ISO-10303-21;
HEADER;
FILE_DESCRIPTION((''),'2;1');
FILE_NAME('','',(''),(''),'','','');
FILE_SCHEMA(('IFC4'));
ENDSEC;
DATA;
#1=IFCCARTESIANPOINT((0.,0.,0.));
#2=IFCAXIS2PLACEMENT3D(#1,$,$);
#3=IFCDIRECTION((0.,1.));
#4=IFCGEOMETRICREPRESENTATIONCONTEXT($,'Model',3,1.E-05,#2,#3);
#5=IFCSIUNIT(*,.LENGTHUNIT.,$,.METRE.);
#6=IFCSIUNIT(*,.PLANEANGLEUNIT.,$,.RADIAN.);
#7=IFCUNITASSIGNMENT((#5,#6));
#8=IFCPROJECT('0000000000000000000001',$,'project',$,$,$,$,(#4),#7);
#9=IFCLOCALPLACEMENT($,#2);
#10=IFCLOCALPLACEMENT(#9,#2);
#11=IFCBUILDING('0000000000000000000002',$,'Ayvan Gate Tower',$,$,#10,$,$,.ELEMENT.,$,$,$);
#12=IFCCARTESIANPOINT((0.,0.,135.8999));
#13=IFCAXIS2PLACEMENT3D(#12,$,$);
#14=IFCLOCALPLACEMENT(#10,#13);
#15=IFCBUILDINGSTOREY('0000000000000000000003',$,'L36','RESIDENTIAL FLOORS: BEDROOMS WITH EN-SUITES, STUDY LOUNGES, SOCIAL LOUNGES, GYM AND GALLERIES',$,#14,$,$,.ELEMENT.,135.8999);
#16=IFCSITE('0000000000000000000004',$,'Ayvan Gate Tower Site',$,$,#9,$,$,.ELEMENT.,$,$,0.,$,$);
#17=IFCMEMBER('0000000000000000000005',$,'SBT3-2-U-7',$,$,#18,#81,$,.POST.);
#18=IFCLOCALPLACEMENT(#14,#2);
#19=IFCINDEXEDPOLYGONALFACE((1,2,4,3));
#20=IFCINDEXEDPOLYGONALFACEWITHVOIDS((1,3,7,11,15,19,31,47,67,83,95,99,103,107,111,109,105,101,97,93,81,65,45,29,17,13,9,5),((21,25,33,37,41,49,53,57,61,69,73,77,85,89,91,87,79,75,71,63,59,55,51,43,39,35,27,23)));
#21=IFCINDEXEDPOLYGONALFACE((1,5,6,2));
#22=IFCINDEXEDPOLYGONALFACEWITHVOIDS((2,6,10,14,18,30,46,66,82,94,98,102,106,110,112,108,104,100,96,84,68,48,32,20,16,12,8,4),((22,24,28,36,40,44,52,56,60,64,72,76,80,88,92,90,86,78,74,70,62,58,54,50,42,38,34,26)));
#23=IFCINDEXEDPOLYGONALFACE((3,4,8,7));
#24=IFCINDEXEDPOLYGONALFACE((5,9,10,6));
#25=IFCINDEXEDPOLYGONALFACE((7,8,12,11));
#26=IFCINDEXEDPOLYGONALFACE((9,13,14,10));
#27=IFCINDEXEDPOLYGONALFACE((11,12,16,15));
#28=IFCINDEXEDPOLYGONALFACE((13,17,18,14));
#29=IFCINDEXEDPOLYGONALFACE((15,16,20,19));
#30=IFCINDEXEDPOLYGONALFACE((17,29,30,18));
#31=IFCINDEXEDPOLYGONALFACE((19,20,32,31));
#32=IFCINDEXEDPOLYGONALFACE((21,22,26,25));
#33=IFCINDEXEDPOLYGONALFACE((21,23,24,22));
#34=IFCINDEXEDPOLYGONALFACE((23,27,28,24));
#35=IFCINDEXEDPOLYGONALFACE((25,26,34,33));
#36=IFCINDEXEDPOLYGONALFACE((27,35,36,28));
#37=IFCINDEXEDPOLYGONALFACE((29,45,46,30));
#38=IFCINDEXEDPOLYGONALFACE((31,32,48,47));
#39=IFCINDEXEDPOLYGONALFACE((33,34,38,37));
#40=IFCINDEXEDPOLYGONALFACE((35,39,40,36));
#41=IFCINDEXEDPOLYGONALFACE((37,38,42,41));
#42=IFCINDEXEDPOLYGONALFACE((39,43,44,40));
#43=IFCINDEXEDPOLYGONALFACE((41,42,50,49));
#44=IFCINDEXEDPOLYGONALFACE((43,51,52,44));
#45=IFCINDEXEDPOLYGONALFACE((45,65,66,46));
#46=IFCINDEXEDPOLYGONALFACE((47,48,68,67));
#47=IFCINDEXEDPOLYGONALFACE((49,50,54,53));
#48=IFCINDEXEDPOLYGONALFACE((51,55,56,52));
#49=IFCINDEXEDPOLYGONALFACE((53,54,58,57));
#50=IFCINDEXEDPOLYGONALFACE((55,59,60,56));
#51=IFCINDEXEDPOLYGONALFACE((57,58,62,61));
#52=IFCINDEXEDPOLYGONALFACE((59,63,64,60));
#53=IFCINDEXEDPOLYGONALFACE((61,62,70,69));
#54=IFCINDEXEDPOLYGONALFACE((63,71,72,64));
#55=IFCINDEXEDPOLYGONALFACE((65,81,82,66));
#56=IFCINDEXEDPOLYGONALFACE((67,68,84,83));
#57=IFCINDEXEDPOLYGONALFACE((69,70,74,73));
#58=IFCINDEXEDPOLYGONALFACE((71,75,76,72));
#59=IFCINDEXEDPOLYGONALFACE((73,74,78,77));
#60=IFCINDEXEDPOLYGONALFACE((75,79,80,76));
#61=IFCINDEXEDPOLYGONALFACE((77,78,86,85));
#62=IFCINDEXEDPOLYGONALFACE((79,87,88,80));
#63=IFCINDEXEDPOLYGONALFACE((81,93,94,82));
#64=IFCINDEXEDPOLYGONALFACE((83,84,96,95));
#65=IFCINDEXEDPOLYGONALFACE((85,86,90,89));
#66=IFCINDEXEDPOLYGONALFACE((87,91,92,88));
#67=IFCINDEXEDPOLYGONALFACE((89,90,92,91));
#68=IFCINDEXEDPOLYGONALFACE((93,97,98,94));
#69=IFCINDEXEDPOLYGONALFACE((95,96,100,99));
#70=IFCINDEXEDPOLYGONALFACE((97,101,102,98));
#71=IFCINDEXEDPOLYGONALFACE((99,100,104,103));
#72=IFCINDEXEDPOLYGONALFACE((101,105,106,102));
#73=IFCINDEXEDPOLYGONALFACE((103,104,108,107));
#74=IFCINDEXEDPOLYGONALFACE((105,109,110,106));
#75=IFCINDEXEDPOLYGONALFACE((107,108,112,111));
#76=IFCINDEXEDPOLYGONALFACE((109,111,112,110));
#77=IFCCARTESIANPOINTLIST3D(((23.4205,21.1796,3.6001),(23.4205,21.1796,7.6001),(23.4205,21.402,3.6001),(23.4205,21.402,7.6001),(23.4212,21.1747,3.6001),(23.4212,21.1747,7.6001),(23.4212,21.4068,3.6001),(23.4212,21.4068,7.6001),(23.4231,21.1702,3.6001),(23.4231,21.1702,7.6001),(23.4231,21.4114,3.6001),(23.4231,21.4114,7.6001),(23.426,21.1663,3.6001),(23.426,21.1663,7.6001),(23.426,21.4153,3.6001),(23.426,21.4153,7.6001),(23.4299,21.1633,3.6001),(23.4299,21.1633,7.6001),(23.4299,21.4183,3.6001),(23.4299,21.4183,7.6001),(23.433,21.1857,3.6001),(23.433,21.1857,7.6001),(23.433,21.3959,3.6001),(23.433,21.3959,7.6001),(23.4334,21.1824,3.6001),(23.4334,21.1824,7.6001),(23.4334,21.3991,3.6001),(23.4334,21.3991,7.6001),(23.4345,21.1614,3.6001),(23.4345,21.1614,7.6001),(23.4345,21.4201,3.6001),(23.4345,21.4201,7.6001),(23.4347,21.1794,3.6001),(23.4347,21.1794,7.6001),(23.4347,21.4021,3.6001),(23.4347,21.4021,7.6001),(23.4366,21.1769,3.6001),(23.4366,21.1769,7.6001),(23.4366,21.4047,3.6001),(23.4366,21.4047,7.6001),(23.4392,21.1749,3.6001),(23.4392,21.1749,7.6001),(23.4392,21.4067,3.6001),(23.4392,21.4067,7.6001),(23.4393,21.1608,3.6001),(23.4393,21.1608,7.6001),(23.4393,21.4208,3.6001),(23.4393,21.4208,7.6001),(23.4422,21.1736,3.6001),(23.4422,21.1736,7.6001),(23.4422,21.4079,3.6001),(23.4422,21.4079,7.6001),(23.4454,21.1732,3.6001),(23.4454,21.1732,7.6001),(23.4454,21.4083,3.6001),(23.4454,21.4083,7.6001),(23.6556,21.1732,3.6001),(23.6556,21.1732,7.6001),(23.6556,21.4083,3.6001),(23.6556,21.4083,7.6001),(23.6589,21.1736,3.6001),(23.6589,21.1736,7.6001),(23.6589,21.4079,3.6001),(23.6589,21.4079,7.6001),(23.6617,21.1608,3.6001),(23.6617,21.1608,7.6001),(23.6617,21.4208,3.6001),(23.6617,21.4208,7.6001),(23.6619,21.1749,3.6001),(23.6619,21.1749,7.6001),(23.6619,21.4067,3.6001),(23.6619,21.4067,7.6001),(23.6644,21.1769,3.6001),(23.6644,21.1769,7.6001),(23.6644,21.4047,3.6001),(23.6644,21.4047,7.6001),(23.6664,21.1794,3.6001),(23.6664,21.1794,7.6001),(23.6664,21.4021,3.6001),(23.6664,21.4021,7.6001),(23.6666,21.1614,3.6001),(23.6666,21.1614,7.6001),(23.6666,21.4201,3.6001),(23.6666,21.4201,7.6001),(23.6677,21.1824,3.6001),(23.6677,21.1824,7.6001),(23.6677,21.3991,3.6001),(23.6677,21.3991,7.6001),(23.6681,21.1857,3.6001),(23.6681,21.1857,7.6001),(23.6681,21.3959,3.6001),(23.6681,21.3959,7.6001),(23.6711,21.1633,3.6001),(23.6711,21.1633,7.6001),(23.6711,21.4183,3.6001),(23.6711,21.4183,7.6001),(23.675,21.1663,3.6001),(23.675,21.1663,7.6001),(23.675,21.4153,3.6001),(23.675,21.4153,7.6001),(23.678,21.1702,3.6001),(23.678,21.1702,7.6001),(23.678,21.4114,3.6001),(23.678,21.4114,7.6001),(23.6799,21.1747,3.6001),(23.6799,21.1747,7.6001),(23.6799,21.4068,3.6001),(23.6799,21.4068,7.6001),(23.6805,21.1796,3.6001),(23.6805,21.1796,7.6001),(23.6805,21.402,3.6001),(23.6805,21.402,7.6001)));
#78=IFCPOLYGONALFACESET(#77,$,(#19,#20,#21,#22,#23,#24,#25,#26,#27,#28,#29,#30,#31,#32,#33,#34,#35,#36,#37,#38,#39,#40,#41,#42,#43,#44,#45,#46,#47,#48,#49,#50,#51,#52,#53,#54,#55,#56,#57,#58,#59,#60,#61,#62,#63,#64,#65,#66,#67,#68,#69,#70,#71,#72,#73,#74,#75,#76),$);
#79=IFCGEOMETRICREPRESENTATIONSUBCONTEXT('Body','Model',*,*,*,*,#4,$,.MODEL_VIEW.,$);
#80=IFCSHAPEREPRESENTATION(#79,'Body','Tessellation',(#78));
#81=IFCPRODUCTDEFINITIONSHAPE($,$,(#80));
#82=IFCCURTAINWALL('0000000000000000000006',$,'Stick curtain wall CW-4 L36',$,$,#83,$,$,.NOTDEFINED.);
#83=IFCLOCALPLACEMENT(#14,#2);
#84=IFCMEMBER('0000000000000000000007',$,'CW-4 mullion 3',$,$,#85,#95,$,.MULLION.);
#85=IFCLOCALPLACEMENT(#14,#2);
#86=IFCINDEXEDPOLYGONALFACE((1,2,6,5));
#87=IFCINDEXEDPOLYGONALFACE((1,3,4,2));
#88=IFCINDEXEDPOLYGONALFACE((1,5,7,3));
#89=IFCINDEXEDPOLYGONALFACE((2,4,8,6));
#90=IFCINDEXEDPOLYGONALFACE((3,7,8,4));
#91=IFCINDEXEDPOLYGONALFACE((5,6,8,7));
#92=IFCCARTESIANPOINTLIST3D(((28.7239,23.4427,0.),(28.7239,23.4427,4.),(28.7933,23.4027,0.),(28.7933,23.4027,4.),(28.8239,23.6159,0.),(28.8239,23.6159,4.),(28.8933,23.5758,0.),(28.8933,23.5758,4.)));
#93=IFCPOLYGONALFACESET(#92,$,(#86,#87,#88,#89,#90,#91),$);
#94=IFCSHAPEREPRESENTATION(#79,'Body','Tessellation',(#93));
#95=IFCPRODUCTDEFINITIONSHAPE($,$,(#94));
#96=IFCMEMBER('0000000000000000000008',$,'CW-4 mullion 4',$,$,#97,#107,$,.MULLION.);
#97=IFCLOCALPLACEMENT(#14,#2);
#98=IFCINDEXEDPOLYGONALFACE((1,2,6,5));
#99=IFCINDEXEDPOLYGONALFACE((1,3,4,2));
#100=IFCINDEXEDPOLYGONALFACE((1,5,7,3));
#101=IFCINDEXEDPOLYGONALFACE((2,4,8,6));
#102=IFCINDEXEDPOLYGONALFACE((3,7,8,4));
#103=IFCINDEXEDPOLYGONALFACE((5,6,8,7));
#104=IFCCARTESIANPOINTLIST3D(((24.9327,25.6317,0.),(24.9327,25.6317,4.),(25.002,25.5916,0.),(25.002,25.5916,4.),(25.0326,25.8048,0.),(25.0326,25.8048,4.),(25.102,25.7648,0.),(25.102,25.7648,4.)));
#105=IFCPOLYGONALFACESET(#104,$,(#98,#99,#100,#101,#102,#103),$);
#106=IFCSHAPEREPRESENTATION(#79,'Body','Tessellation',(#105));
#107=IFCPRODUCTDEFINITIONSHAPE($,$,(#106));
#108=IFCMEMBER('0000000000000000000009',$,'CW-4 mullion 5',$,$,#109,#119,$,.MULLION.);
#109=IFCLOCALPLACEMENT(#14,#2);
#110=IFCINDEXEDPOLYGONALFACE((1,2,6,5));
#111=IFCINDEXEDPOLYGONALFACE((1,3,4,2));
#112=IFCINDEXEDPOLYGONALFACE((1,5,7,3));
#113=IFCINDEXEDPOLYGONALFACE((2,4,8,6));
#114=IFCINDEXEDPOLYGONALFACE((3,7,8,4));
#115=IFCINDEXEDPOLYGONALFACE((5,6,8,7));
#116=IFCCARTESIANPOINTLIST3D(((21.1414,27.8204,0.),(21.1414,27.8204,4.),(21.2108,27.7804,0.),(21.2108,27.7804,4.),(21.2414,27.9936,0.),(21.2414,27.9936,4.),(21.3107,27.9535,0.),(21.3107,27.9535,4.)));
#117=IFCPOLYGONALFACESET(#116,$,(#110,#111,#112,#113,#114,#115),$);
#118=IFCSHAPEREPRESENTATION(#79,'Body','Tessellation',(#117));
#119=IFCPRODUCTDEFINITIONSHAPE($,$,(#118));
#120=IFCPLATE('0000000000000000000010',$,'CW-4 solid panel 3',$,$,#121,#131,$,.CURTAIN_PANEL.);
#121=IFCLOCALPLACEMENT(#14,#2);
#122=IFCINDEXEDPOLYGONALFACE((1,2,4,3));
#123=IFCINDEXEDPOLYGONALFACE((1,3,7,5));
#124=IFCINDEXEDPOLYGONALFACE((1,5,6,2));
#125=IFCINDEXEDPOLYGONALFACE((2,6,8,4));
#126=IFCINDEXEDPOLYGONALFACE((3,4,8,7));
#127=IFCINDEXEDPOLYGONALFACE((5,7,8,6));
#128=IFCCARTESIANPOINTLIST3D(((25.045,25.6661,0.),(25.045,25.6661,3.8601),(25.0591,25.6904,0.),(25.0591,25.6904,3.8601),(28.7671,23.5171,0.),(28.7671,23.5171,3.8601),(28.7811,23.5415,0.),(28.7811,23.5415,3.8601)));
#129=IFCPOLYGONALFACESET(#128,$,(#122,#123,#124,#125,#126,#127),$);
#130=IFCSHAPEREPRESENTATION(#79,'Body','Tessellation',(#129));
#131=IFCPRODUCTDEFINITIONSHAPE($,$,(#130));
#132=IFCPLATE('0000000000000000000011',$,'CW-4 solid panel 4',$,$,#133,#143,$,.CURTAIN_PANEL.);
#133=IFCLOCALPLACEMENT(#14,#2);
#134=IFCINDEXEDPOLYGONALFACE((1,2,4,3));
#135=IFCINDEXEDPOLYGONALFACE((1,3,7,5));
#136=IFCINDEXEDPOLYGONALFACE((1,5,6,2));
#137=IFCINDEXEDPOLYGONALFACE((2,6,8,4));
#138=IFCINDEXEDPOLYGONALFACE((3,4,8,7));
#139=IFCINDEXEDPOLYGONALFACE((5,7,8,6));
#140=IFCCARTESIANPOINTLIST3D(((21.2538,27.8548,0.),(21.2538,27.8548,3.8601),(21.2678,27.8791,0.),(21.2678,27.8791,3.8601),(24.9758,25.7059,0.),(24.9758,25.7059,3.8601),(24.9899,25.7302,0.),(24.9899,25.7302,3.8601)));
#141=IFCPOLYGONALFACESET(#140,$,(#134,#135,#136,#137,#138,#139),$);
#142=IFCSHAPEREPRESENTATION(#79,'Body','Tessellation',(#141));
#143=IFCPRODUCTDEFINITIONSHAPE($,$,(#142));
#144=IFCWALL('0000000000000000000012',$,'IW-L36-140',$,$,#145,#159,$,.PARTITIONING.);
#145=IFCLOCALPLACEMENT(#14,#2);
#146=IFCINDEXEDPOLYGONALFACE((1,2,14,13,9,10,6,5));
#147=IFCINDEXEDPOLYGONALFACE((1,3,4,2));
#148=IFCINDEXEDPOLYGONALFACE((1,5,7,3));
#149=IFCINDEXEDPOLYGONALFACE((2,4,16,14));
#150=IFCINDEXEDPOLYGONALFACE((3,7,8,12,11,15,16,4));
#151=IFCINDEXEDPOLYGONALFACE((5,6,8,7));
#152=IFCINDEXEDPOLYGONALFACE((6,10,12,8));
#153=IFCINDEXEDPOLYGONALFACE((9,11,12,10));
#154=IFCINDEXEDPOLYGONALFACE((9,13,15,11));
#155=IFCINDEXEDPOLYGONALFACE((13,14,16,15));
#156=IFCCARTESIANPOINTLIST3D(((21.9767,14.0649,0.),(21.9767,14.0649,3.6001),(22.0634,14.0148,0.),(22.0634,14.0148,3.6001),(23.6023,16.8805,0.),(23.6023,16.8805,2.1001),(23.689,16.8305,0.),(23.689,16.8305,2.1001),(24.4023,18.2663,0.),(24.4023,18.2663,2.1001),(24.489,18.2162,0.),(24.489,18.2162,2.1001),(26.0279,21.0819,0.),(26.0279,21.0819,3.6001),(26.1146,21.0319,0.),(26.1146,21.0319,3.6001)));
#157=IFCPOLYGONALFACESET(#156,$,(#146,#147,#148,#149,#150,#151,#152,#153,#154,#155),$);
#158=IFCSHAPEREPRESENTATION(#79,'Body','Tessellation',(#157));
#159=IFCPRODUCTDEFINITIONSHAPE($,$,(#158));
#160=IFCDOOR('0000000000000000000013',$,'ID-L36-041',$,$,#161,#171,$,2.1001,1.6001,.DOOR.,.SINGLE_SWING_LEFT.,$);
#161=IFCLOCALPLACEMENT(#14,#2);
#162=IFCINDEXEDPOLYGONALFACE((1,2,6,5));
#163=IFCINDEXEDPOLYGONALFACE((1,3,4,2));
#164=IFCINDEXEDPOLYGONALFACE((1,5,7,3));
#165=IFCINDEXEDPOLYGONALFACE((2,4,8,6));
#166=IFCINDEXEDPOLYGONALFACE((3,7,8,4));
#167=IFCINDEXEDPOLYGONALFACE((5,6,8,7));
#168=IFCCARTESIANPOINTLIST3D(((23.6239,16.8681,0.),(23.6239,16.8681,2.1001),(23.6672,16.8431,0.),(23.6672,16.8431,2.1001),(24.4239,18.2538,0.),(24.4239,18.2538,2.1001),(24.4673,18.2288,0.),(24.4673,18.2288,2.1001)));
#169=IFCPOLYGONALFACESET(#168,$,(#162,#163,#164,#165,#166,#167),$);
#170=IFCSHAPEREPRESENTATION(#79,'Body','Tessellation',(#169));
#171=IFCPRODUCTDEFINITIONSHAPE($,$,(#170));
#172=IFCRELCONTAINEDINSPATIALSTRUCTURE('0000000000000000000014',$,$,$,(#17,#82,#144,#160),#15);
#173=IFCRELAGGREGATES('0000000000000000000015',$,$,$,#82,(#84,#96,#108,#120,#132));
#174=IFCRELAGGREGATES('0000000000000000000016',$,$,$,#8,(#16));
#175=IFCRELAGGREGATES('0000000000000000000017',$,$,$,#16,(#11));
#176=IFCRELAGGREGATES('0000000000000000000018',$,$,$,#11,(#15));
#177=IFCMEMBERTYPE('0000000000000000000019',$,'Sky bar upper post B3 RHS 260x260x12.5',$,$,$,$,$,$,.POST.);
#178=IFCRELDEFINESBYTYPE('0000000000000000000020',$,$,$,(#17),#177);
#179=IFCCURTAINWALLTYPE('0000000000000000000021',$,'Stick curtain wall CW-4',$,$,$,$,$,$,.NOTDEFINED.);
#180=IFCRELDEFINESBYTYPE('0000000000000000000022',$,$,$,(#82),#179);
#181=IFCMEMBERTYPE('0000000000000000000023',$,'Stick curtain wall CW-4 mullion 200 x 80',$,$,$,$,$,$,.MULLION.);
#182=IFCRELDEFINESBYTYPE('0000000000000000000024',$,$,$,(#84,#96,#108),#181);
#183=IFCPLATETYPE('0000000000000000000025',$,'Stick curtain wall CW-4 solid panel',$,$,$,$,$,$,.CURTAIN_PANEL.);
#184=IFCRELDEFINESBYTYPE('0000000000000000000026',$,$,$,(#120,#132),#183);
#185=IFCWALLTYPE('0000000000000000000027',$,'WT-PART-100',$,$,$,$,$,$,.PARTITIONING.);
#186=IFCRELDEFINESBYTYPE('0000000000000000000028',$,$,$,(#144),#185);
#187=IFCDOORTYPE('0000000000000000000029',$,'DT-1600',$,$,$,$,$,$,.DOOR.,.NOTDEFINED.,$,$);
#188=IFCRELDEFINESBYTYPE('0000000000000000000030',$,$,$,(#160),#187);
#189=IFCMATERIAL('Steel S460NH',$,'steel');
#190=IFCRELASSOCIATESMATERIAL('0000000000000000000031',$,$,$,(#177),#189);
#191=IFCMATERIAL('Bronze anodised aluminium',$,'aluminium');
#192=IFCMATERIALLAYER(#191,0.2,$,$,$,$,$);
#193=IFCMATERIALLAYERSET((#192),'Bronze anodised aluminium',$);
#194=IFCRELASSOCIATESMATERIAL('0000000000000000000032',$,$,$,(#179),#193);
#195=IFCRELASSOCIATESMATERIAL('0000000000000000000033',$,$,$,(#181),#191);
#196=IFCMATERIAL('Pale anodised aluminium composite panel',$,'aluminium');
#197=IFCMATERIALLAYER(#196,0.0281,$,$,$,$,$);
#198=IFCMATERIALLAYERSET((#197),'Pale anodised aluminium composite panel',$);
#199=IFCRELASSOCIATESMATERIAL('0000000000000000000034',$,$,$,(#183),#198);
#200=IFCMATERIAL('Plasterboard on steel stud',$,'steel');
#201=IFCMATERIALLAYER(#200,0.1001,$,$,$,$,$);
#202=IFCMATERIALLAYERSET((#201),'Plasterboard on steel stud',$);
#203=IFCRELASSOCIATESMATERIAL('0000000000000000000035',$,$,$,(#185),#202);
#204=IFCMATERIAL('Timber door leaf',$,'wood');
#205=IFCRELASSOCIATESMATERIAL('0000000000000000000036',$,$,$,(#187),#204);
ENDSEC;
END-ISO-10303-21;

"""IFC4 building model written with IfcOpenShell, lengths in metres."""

from ifc_helpers import new_model, si_unit, direction, frame, frame_2d, origin, origin_2d, place, context, subcontext, project, spatial, rectangle, hollow_rectangle, extrude, material, layer, layer_set, material_profile, profile_set, type_object, element, fill, aggregate, save


model = new_model("IFC4")

# Units and contexts
model_context = context("Model", 3, precision=1e-05, world=origin(), true_north=direction((0.0, 1.0)))
body_context = subcontext(model_context, "Body", "Model", "MODEL_VIEW")
ifc_project = project(units=[si_unit("LENGTHUNIT", "METRE"), si_unit("PLANEANGLEUNIT", "RADIAN")], contexts=[model_context])

# Site, building, storey
site_placement = place(None, origin())
site = spatial("IfcSite", under=ifc_project, at=site_placement, Name="Ayvan Gate Tower Site", CompositionType="ELEMENT", RefElevation=0.0)
building_placement = place(site_placement, origin())
building = spatial("IfcBuilding", under=site, at=building_placement, Name="Ayvan Gate Tower", CompositionType="ELEMENT")
storey_placement = place(building_placement, frame((0.0, 0.0, 135.8999)))
storey = spatial("IfcBuildingStorey", under=building, at=storey_placement, Name="L36", Description="RESIDENTIAL FLOORS: BEDROOMS WITH EN-SUITES, STUDY LOUNGES, SOCIAL LOUNGES, GYM AND GALLERIES", CompositionType="ELEMENT", Elevation=135.8999)

# Member
ifc_material_1 = material(Name="Steel S460NH", Category="steel")
ifc_material_profile_1 = material_profile(ifc_material_1, hollow_rectangle(XDim=0.26, YDim=0.26, WallThickness=0.0125, InnerFilletRadius=0.0125, OuterFilletRadius=0.0188, at=origin_2d()), Name="RHS 260x260x12.5")
ifc_profile_set_1 = profile_set([ifc_material_profile_1], Name="Steel S460NH")
member_type_1 = type_object("IfcMemberType", Name="Sky bar upper post B3 RHS 260x260x12.5", PredefinedType="POST", material=ifc_profile_set_1)
for number, where, z_axis, x_axis, name in (
    (1, (23.5505, 21.2908, 3.6001), (0.0, 0.0, 1.0), (1.0, 0.0, 0.0), "SBT3-2-U-7"),
):
    element("IfcMember", number, at=place(storey_placement, frame(where, z_axis=z_axis, x_axis=x_axis)), inside=storey, type_object=member_type_1, Name=name, PredefinedType="POST", context=body_context, shape_type="SweptSolid", body=[
        extrude(hollow_rectangle(XDim=0.26, YDim=0.26, WallThickness=0.0125, InnerFilletRadius=0.0125, OuterFilletRadius=0.0188, at=origin_2d()), origin(), (0.0, 0.0, 1.0), 4.0),
    ])

# Curtain wall, members, plates
ifc_material_2 = material(Name="Bronze anodised aluminium", Category="aluminium")
ifc_layer_1 = layer(ifc_material_2, 0.2)
ifc_layer_set_1 = layer_set([ifc_layer_1], Name="Bronze anodised aluminium")
curtain_wall_type = type_object("IfcCurtainWallType", Name="Stick curtain wall CW-4", PredefinedType="NOTDEFINED", material=ifc_layer_set_1)
curtain_wall_placement = place(storey_placement, origin())
curtain_wall = element("IfcCurtainWall", 2, at=curtain_wall_placement, inside=storey, type_object=curtain_wall_type, Name="Stick curtain wall CW-4 L36", PredefinedType="NOTDEFINED")
ifc_material_profile_2 = material_profile(ifc_material_2, rectangle(XDim=0.2, YDim=0.0801, at=origin_2d()), Name="Stick curtain wall CW-4 mullion 200 x 80")
ifc_profile_set_2 = profile_set([ifc_material_profile_2], Name="Bronze anodised aluminium")
member_type_2 = type_object("IfcMemberType", Name="Stick curtain wall CW-4 mullion 200 x 80", PredefinedType="MULLION", material=ifc_profile_set_2)
member_1_placement = place(storey_placement, frame((28.8086, 23.5093, 0.0), z_axis=(0.0, 0.0, 1.0), x_axis=(0.5, 0.866025, 0.0)))
member_1 = element("IfcMember", 3, at=member_1_placement, type_object=member_type_2, Name="CW-4 mullion 3", PredefinedType="MULLION", context=body_context, shape_type="SweptSolid", body=[
    extrude(rectangle(XDim=0.2, YDim=0.0801, at=origin_2d()), origin(), (0.0, 0.0, 1.0), 4.0),
])
member_2_placement = place(storey_placement, frame((25.0173, 25.6982, 0.0), z_axis=(0.0, 0.0, 1.0), x_axis=(0.5, 0.866025, 0.0)))
member_2 = element("IfcMember", 4, at=member_2_placement, type_object=member_type_2, Name="CW-4 mullion 4", PredefinedType="MULLION", context=body_context, shape_type="SweptSolid", body=[
    extrude(rectangle(XDim=0.2, YDim=0.0801, at=origin_2d()), origin(), (0.0, 0.0, 1.0), 4.0),
])
member_3_placement = place(storey_placement, frame((21.2261, 27.887, 0.0), z_axis=(0.0, 0.0, 1.0), x_axis=(0.5, 0.866025, 0.0)))
member_3 = element("IfcMember", 5, at=member_3_placement, type_object=member_type_2, Name="CW-4 mullion 5", PredefinedType="MULLION", context=body_context, shape_type="SweptSolid", body=[
    extrude(rectangle(XDim=0.2, YDim=0.0801, at=origin_2d()), origin(), (0.0, 0.0, 1.0), 4.0),
])
ifc_material_3 = material(Name="Pale anodised aluminium composite panel", Category="aluminium")
ifc_layer_2 = layer(ifc_material_3, 0.0281)
ifc_layer_set_2 = layer_set([ifc_layer_2], Name="Pale anodised aluminium composite panel")
plate_type = type_object("IfcPlateType", Name="Stick curtain wall CW-4 solid panel", PredefinedType="CURTAIN_PANEL", material=ifc_layer_set_2)
plate_1_placement = place(storey_placement, frame((26.9131, 24.6038, 0.0), z_axis=(0.0, 0.0, 1.0), x_axis=(-0.866025, 0.5, 0.0)))
plate_1 = element("IfcPlate", 6, at=plate_1_placement, type_object=plate_type, Name="CW-4 solid panel 3", PredefinedType="CURTAIN_PANEL", context=body_context, shape_type="SweptSolid", body=[
    extrude(rectangle(XDim=4.2979, YDim=0.0281, at=origin_2d()), origin(), (0.0, 0.0, 1.0), 3.8601),
])
plate_2_placement = place(storey_placement, frame((23.1218, 26.7925, 0.0), z_axis=(0.0, 0.0, 1.0), x_axis=(-0.866025, 0.5, 0.0)))
plate_2 = element("IfcPlate", 7, at=plate_2_placement, type_object=plate_type, Name="CW-4 solid panel 4", PredefinedType="CURTAIN_PANEL", context=body_context, shape_type="SweptSolid", body=[
    extrude(rectangle(XDim=4.2979, YDim=0.0281, at=origin_2d()), origin(), (0.0, 0.0, 1.0), 3.8601),
])
aggregate(curtain_wall, [member_1, member_2, member_3, plate_1, plate_2])

# Wall, opening, door
ifc_material_4 = material(Name="Plasterboard on steel stud", Category="steel")
ifc_layer_3 = layer(ifc_material_4, 0.1001)
ifc_layer_set_3 = layer_set([ifc_layer_3], Name="Plasterboard on steel stud")
wall_type_1 = type_object("IfcWallType", Name="WT-PART-100", PredefinedType="PARTITIONING", material=ifc_layer_set_3)
wall_1_placement = place(storey_placement, frame((26.0713, 21.0569, 0.0), z_axis=(0.0, 0.0, 1.0), x_axis=(-0.499995, -0.866028, 0.0)))
wall_1 = element("IfcWall", 8, at=wall_1_placement, inside=storey, type_object=wall_type_1, Name="IW-L36-140", PredefinedType="PARTITIONING", context=body_context, shape_type="SweptSolid", body=[
    extrude(rectangle(XDim=8.1025, YDim=0.1001, at=frame_2d((4.0513, 0.0))), origin(), (0.0, 0.0, 1.0), 3.6001),
])
opening_1_placement = place(wall_1_placement, frame((3.2512, 0.0, 0.0)))
opening_1 = element("IfcOpeningElement", 9, at=opening_1_placement, cuts=wall_1, PredefinedType="OPENING", context=body_context, shape_type="SweptSolid", body=[
    extrude(rectangle(XDim=1.6001, YDim=2.1001, at=frame_2d((0.8, 1.05))), frame((0.0, 0.0601, 0.0), z_axis=(0.0, -1.0, 0.0), x_axis=(1.0, 0.0, 0.0)), (0.0, 0.0, 1.0), 0.1201),
])
ifc_material_5 = material(Name="Timber door leaf", Category="wood")
door_type_1 = type_object("IfcDoorType", Name="DT-1600", OperationType="NOTDEFINED", PredefinedType="DOOR", material=ifc_material_5)
door_1_placement = place(opening_1_placement, origin())
door_1 = element("IfcDoor", 10, at=door_1_placement, inside=storey, type_object=door_type_1, Name="ID-L36-041", OperationType="SINGLE_SWING_LEFT", OverallHeight=2.1001, OverallWidth=1.6001, PredefinedType="DOOR", context=body_context, shape_type="SweptSolid", body=[
    extrude(rectangle(XDim=1.6001, YDim=2.1001, at=frame_2d((0.8, 1.05))), frame((0.0, 0.0249, 0.0), z_axis=(0.0, -1.0, 0.0), x_axis=(1.0, 0.0, 0.0)), (0.0, 0.0, 1.0), 0.05),
])
fill(opening_1, door_1)

save(model, "model.ifc")
